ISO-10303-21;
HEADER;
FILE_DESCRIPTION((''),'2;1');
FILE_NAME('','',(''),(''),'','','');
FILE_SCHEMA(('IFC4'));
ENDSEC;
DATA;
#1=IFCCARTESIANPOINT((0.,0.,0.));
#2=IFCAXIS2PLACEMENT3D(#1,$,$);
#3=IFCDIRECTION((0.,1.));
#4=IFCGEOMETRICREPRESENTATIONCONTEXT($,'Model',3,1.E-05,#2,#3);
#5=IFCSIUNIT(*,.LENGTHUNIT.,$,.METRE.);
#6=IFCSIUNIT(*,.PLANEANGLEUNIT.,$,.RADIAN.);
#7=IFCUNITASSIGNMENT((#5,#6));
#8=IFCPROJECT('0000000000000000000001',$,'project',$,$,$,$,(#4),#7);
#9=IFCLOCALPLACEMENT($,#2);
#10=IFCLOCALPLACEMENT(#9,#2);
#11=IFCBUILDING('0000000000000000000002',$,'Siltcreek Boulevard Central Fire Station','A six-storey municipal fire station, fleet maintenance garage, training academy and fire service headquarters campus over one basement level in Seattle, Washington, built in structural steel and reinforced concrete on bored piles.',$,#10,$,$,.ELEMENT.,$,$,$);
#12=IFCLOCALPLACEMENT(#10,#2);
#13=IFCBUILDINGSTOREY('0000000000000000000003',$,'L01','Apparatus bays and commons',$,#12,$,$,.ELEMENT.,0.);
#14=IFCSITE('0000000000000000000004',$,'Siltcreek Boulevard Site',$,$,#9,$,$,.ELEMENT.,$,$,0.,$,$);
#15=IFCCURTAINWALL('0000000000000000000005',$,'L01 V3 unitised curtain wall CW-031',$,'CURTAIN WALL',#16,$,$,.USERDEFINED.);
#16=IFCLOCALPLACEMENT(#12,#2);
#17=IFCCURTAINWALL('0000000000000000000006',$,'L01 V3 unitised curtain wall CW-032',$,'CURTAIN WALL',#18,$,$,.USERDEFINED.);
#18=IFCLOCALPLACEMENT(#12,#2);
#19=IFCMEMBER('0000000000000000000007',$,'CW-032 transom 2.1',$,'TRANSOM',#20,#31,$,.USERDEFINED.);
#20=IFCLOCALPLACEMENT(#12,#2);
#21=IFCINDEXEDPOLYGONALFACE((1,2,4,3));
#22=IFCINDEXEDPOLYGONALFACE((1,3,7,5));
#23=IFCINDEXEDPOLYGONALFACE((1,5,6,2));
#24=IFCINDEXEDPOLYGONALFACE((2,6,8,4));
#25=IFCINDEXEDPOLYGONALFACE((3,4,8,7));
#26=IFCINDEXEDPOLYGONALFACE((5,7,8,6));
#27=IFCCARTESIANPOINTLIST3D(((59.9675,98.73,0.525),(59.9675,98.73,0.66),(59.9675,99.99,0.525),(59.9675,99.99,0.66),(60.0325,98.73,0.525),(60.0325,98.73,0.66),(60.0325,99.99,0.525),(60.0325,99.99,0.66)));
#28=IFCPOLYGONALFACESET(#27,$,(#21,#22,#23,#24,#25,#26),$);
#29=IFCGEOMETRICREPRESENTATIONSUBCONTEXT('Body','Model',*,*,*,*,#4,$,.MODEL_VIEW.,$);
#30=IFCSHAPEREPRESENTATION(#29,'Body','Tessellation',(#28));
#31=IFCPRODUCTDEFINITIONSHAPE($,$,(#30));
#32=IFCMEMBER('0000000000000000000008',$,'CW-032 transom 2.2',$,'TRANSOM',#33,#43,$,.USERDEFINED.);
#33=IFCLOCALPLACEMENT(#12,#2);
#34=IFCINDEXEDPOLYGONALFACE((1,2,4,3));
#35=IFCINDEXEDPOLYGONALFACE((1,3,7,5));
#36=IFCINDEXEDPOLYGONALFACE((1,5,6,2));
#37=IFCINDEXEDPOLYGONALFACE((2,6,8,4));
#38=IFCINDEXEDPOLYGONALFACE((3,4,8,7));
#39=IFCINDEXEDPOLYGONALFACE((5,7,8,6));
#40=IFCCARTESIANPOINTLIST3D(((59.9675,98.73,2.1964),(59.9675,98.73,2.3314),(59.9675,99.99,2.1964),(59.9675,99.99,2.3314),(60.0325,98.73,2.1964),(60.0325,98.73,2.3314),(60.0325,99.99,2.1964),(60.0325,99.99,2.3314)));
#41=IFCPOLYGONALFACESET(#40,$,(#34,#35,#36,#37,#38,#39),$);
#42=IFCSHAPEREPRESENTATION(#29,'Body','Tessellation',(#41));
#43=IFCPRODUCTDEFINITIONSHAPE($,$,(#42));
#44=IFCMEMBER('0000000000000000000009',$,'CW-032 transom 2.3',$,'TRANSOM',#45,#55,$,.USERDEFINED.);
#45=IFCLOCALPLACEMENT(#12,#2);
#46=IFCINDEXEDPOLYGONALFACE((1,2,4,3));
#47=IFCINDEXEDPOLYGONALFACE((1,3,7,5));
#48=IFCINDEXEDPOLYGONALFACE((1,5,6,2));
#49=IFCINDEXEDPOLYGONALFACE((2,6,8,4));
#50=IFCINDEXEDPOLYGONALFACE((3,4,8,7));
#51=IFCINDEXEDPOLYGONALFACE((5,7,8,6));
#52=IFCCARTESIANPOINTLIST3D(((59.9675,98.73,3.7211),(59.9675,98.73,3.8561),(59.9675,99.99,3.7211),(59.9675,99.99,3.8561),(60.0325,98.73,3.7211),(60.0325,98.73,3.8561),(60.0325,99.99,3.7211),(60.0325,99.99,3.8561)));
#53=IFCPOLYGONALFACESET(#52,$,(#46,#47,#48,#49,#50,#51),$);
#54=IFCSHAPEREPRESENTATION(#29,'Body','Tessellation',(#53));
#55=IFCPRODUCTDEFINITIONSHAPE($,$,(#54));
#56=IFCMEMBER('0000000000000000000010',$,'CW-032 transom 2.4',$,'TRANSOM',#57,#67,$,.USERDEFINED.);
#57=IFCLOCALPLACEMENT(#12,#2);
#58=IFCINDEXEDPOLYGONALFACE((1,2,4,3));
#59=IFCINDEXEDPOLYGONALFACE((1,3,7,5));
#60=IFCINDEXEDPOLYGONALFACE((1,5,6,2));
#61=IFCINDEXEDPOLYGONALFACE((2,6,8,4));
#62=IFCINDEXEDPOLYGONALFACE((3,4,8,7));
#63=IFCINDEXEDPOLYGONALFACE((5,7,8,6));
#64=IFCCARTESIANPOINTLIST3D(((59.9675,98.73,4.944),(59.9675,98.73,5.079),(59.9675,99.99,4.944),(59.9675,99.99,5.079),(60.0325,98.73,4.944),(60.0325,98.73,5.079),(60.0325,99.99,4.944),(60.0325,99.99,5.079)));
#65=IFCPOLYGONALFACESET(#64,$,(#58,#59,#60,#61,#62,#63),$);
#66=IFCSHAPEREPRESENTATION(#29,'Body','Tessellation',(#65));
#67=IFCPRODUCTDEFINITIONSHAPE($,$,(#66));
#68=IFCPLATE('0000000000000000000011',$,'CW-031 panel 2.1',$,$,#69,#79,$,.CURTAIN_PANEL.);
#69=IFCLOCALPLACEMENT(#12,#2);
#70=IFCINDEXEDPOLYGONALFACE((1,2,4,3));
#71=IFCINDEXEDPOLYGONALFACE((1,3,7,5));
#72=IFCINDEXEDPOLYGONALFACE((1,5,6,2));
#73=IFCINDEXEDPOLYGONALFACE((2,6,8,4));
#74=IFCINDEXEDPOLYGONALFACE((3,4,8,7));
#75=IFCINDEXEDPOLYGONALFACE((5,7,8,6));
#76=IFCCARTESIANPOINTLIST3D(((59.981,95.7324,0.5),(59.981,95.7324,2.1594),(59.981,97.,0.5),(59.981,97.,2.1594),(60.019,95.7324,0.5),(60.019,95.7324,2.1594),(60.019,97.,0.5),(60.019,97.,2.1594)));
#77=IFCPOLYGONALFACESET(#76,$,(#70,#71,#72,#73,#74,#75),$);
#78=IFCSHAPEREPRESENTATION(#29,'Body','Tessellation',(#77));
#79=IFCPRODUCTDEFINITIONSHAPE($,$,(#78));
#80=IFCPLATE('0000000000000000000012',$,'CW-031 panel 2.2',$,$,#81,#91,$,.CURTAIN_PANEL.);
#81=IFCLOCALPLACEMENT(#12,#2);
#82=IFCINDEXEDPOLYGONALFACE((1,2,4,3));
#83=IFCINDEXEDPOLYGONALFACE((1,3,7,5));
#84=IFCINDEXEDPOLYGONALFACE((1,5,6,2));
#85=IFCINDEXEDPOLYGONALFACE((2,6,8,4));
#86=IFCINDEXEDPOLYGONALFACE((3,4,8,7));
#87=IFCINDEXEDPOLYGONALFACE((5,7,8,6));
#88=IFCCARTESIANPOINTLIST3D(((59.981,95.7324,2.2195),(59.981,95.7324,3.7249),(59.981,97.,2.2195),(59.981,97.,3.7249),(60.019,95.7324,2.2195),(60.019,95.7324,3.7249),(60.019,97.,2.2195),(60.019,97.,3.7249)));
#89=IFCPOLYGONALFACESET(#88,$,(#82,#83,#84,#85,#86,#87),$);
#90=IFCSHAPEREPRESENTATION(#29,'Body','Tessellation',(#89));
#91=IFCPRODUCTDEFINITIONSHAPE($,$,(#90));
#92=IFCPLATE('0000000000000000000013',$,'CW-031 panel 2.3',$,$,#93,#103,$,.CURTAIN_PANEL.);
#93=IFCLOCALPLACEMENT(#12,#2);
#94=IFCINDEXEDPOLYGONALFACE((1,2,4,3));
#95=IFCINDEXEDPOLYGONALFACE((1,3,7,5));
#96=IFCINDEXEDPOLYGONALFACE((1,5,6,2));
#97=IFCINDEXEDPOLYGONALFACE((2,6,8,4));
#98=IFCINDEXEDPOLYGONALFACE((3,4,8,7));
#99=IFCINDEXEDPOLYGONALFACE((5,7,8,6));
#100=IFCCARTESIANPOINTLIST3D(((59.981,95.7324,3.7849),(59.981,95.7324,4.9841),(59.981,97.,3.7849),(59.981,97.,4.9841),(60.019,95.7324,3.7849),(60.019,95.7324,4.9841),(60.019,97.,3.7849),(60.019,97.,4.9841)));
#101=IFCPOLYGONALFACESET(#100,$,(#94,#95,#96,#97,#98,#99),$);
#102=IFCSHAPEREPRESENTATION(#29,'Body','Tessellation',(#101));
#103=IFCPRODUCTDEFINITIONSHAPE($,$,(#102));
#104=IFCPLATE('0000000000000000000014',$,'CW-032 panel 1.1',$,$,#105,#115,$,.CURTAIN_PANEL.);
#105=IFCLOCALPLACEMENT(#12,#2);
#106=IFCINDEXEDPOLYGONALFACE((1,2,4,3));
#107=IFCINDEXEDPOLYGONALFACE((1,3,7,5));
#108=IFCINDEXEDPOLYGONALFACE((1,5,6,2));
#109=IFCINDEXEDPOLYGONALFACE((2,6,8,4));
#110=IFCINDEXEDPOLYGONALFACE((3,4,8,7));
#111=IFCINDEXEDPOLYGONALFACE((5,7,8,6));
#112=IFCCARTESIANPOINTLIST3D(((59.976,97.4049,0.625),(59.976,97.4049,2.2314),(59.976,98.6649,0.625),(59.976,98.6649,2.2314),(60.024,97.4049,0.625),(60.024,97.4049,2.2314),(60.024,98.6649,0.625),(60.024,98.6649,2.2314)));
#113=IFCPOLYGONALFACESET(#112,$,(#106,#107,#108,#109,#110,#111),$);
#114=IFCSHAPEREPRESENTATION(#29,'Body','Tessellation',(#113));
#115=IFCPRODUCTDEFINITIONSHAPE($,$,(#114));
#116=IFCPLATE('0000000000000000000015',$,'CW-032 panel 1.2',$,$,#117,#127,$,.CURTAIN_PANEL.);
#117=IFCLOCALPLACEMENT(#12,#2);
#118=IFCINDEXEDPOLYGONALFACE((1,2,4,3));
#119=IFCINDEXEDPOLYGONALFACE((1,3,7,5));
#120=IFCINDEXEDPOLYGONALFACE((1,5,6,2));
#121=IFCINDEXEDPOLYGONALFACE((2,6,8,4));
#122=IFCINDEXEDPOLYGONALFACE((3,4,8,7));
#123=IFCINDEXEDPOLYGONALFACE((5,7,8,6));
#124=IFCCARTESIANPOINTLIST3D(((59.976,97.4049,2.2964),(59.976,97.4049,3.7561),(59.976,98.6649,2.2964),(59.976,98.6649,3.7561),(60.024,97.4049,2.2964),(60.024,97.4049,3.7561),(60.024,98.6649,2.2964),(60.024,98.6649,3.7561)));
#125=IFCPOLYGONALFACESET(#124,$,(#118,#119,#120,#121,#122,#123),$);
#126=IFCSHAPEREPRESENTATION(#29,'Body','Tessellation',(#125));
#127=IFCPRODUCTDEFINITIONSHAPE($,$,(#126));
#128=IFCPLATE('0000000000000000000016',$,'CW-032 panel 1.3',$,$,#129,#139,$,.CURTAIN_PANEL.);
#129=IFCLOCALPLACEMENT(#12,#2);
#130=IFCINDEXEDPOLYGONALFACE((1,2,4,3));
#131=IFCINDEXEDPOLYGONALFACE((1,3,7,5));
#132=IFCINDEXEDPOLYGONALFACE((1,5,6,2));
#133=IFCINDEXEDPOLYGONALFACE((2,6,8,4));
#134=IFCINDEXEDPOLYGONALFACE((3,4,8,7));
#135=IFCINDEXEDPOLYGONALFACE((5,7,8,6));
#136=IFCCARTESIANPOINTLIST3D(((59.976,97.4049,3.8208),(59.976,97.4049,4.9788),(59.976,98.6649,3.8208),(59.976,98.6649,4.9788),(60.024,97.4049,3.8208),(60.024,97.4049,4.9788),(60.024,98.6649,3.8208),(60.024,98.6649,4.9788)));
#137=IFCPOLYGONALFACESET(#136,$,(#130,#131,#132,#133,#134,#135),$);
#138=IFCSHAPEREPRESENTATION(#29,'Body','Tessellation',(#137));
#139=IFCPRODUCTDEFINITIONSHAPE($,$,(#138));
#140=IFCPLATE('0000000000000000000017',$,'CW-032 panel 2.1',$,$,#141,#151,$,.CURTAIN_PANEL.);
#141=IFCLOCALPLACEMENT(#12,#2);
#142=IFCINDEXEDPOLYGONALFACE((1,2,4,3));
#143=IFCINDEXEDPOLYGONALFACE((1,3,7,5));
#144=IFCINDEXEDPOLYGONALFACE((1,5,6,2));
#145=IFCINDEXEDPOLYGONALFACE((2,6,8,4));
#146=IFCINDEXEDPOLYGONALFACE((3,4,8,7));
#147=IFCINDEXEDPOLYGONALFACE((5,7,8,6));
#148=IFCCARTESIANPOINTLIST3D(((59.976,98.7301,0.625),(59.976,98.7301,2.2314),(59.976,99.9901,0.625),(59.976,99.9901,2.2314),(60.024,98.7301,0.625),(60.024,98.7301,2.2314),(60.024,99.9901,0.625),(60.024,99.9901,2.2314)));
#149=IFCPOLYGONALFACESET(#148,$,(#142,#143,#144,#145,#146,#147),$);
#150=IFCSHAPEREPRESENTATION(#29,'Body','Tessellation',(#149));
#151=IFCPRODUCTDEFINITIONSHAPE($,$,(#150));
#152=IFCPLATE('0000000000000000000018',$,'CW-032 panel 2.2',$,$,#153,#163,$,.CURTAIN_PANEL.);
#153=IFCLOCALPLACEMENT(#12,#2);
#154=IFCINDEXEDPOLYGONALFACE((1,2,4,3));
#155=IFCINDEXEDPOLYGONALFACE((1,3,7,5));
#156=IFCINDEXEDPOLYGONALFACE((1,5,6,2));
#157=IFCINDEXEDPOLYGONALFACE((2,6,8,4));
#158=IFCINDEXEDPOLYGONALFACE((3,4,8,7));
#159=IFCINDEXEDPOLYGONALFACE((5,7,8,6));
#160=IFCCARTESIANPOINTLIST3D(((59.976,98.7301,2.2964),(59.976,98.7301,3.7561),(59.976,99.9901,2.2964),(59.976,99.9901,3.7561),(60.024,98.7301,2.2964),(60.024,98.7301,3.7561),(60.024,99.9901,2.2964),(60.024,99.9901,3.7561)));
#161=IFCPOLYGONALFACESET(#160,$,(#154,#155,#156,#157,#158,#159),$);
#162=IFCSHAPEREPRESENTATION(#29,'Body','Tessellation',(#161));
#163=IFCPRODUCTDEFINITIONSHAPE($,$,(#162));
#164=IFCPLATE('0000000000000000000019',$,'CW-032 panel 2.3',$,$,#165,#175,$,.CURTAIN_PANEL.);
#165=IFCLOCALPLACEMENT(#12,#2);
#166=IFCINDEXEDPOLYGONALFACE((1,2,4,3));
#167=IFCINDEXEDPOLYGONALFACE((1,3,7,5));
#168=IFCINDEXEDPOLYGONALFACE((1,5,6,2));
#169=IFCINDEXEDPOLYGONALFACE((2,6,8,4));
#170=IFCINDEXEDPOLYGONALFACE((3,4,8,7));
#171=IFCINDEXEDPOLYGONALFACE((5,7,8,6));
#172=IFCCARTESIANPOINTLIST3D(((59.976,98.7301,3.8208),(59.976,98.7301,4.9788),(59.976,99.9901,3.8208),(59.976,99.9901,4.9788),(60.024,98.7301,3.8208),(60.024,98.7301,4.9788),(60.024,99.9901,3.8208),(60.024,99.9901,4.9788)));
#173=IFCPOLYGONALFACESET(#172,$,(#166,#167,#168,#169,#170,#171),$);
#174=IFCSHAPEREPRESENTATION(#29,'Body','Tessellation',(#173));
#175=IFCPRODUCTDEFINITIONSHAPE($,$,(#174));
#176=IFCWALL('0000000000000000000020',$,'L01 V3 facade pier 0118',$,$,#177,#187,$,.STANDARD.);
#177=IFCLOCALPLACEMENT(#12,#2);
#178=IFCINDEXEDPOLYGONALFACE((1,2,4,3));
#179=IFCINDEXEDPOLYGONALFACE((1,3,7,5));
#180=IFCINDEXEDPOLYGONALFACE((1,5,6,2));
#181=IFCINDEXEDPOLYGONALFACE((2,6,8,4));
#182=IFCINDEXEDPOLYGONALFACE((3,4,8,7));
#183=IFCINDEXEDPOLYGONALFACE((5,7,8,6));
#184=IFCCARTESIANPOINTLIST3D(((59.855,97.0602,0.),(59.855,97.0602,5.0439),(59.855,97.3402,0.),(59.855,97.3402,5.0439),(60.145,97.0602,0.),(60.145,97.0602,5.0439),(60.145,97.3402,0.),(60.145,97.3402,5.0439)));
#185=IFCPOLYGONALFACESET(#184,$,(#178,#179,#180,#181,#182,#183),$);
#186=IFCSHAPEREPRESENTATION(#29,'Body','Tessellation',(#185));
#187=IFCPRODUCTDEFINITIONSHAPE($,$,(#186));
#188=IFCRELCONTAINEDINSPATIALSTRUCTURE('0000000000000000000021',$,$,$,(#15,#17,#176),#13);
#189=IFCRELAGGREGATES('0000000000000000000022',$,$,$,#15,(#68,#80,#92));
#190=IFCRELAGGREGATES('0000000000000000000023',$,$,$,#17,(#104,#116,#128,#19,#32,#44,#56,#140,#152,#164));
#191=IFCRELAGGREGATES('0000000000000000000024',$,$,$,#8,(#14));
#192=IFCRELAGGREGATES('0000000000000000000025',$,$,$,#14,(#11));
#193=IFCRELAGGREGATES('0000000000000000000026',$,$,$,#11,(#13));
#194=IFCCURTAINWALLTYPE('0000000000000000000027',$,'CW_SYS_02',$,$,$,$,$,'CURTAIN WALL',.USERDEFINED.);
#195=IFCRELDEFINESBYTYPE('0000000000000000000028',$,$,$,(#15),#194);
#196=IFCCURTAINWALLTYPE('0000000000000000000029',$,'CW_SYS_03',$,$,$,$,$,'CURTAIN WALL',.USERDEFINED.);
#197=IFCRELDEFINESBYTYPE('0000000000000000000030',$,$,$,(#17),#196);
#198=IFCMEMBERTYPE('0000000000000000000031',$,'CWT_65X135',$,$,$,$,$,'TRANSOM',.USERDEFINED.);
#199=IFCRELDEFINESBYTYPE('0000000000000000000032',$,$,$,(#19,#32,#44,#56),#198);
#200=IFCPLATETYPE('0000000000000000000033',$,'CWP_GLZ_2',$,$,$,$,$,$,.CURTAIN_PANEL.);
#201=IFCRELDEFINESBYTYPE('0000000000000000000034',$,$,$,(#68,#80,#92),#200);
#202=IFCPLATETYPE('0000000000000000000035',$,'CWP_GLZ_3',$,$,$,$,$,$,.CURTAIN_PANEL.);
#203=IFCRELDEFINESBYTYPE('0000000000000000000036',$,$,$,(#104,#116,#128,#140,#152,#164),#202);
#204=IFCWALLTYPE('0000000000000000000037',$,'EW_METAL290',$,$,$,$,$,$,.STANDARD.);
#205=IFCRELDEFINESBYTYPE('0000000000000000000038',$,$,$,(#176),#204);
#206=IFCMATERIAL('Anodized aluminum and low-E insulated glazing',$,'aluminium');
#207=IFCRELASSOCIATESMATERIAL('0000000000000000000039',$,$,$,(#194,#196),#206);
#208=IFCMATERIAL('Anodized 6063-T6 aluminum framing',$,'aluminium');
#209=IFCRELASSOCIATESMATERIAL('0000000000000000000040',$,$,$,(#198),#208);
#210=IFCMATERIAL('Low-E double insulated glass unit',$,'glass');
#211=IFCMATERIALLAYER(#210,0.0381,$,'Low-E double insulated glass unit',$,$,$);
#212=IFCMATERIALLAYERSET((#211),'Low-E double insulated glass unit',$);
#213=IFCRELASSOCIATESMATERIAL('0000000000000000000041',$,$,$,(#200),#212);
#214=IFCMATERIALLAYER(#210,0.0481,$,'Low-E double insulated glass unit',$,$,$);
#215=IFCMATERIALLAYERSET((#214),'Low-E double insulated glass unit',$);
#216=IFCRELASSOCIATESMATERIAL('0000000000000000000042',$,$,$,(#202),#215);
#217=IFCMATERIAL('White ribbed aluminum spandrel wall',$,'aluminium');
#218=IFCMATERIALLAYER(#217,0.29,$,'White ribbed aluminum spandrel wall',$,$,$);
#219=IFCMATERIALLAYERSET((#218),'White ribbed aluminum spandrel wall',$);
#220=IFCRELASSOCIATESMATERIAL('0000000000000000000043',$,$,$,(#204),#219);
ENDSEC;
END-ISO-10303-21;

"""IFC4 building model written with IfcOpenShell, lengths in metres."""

from ifc_helpers import new_model, si_unit, direction, frame, frame_2d, origin, origin_2d, place, context, subcontext, project, spatial, rectangle, extrude, material, layer, layer_set, material_profile, profile_set, type_object, element, aggregate, save


model = new_model("IFC4")

# Units and contexts
model_context = context("Model", 3, precision=1e-05, world=origin(), true_north=direction((0.0, 1.0)))
body_context = subcontext(model_context, "Body", "Model", "MODEL_VIEW")
ifc_project = project(units=[si_unit("LENGTHUNIT", "METRE"), si_unit("PLANEANGLEUNIT", "RADIAN")], contexts=[model_context])

# Site, building, storey
site_placement = place(None, origin())
site = spatial("IfcSite", under=ifc_project, at=site_placement, Name="Siltcreek Boulevard Site", CompositionType="ELEMENT", RefElevation=0.0)
building_placement = place(site_placement, origin())
building = spatial("IfcBuilding", under=site, at=building_placement, Name="Siltcreek Boulevard Central Fire Station", Description="A six-storey municipal fire station, fleet maintenance garage, training academy and fire service headquarters campus over one basement level in Seattle, Washington, built in structural steel and reinforced concrete on bored piles.", CompositionType="ELEMENT")
storey_placement = place(building_placement, origin())
storey = spatial("IfcBuildingStorey", under=building, at=storey_placement, Name="L01", Description="Apparatus bays and commons", CompositionType="ELEMENT", Elevation=0.0)

# Curtain wall
ifc_material_1 = material(Name="Anodized aluminum and low-E insulated glazing", Category="aluminium")
curtain_wall_type_1 = type_object("IfcCurtainWallType", Name="CW_SYS_02", ElementType="CURTAIN WALL", PredefinedType="USERDEFINED", material=ifc_material_1)
curtain_wall_1_placement = place(storey_placement, origin())
curtain_wall_1 = element("IfcCurtainWall", 1, at=curtain_wall_1_placement, inside=storey, type_object=curtain_wall_type_1, Name="L01 V3 unitised curtain wall CW-031", ObjectType="CURTAIN WALL", PredefinedType="USERDEFINED")
ifc_material_2 = material(Name="Anodized 6063-T6 aluminum framing", Category="aluminium")

# Curtain wall
curtain_wall_type_2 = type_object("IfcCurtainWallType", Name="CW_SYS_03", ElementType="CURTAIN WALL", PredefinedType="USERDEFINED", material=ifc_material_1)
curtain_wall_2_placement = place(storey_placement, origin())
curtain_wall_2 = element("IfcCurtainWall", 2, at=curtain_wall_2_placement, inside=storey, type_object=curtain_wall_type_2, Name="L01 V3 unitised curtain wall CW-032", ObjectType="CURTAIN WALL", PredefinedType="USERDEFINED")

# Members
ifc_material_profile_1 = material_profile(ifc_material_2, rectangle(XDim=0.0649, YDim=0.135, at=origin_2d()), Name="TRAN65X135")
ifc_profile_set_1 = profile_set([ifc_material_profile_1], Name="Anodized 6063-T6 aluminum framing")
member_type_1 = type_object("IfcMemberType", Name="CWT_65X135", ElementType="TRANSOM", PredefinedType="USERDEFINED", material=ifc_profile_set_1)
member_1_placement = place(storey_placement, frame((60.0, 98.73, 0.5925), z_axis=(0.0, 1.0, 0.0), x_axis=(-1.0, 0.0, 0.0)))
member_1 = element("IfcMember", 3, at=member_1_placement, type_object=member_type_1, Name="CW-032 transom 2.1", ObjectType="TRANSOM", PredefinedType="USERDEFINED", context=body_context, shape_type="SweptSolid", body=[
    extrude(rectangle(XDim=0.0649, YDim=0.135, at=origin_2d()), origin(), (0.0, 0.0, 1.0), 1.26),
])
member_2_placement = place(storey_placement, frame((60.0, 98.73, 2.2639), z_axis=(0.0, 1.0, 0.0), x_axis=(-1.0, 0.0, 0.0)))
member_2 = element("IfcMember", 4, at=member_2_placement, type_object=member_type_1, Name="CW-032 transom 2.2", ObjectType="TRANSOM", PredefinedType="USERDEFINED", context=body_context, shape_type="SweptSolid", body=[
    extrude(rectangle(XDim=0.0649, YDim=0.135, at=origin_2d()), origin(), (0.0, 0.0, 1.0), 1.26),
])
member_3_placement = place(storey_placement, frame((60.0, 98.73, 3.7886), z_axis=(0.0, 1.0, 0.0), x_axis=(-1.0, 0.0, 0.0)))
member_3 = element("IfcMember", 5, at=member_3_placement, type_object=member_type_1, Name="CW-032 transom 2.3", ObjectType="TRANSOM", PredefinedType="USERDEFINED", context=body_context, shape_type="SweptSolid", body=[
    extrude(rectangle(XDim=0.0649, YDim=0.135, at=origin_2d()), origin(), (0.0, 0.0, 1.0), 1.26),
])
member_4_placement = place(storey_placement, frame((60.0, 98.73, 5.0115), z_axis=(0.0, 1.0, 0.0), x_axis=(-1.0, 0.0, 0.0)))
member_4 = element("IfcMember", 6, at=member_4_placement, type_object=member_type_1, Name="CW-032 transom 2.4", ObjectType="TRANSOM", PredefinedType="USERDEFINED", context=body_context, shape_type="SweptSolid", body=[
    extrude(rectangle(XDim=0.0649, YDim=0.135, at=origin_2d()), origin(), (0.0, 0.0, 1.0), 1.26),
])

# Plates
ifc_material_3 = material(Name="Low-E double insulated glass unit", Category="glass")
ifc_layer_1 = layer(ifc_material_3, 0.0381, Name="Low-E double insulated glass unit")
ifc_layer_set_1 = layer_set([ifc_layer_1], Name="Low-E double insulated glass unit")
plate_type_1 = type_object("IfcPlateType", Name="CWP_GLZ_2", PredefinedType="CURTAIN_PANEL", material=ifc_layer_set_1)
plate_1_placement = place(storey_placement, frame((60.0, 96.3662, 0.5), z_axis=(0.0, 0.0, 1.0), x_axis=(0.0, 1.0, 0.0)))
plate_1 = element("IfcPlate", 7, at=plate_1_placement, type_object=plate_type_1, Name="CW-031 panel 2.1", PredefinedType="CURTAIN_PANEL", context=body_context, shape_type="SweptSolid", body=[
    extrude(rectangle(XDim=1.2676, YDim=0.0381, at=origin_2d()), origin(), (0.0, 0.0, 1.0), 1.6594),
])
plate_2_placement = place(storey_placement, frame((60.0, 96.3662, 2.2195), z_axis=(0.0, 0.0, 1.0), x_axis=(0.0, 1.0, 0.0)))
plate_2 = element("IfcPlate", 8, at=plate_2_placement, type_object=plate_type_1, Name="CW-031 panel 2.2", PredefinedType="CURTAIN_PANEL", context=body_context, shape_type="SweptSolid", body=[
    extrude(rectangle(XDim=1.2676, YDim=0.0381, at=origin_2d()), origin(), (0.0, 0.0, 1.0), 1.5054),
])
plate_3_placement = place(storey_placement, frame((60.0, 96.3662, 3.7849), z_axis=(0.0, 0.0, 1.0), x_axis=(0.0, 1.0, 0.0)))
plate_3 = element("IfcPlate", 9, at=plate_3_placement, type_object=plate_type_1, Name="CW-031 panel 2.3", PredefinedType="CURTAIN_PANEL", context=body_context, shape_type="SweptSolid", body=[
    extrude(rectangle(XDim=1.2676, YDim=0.0381, at=origin_2d()), origin(), (0.0, 0.0, 1.0), 1.1992),
])
aggregate(curtain_wall_1, [plate_1, plate_2, plate_3])
ifc_layer_2 = layer(ifc_material_3, 0.0481, Name="Low-E double insulated glass unit")
ifc_layer_set_2 = layer_set([ifc_layer_2], Name="Low-E double insulated glass unit")
plate_type_2 = type_object("IfcPlateType", Name="CWP_GLZ_3", PredefinedType="CURTAIN_PANEL", material=ifc_layer_set_2)
plate_4_placement = place(storey_placement, frame((60.0, 98.0349, 0.625), z_axis=(0.0, 0.0, 1.0), x_axis=(0.0, 1.0, 0.0)))
plate_4 = element("IfcPlate", 10, at=plate_4_placement, type_object=plate_type_2, Name="CW-032 panel 1.1", PredefinedType="CURTAIN_PANEL", context=body_context, shape_type="SweptSolid", body=[
    extrude(rectangle(XDim=1.26, YDim=0.0481, at=origin_2d()), origin(), (0.0, 0.0, 1.0), 1.6064),
])
plate_5_placement = place(storey_placement, frame((60.0, 98.0349, 2.2964), z_axis=(0.0, 0.0, 1.0), x_axis=(0.0, 1.0, 0.0)))
plate_5 = element("IfcPlate", 11, at=plate_5_placement, type_object=plate_type_2, Name="CW-032 panel 1.2", PredefinedType="CURTAIN_PANEL", context=body_context, shape_type="SweptSolid", body=[
    extrude(rectangle(XDim=1.26, YDim=0.0481, at=origin_2d()), origin(), (0.0, 0.0, 1.0), 1.4597),
])
plate_6_placement = place(storey_placement, frame((60.0, 98.0349, 3.8208), z_axis=(0.0, 0.0, 1.0), x_axis=(0.0, 1.0, 0.0)))
plate_6 = element("IfcPlate", 12, at=plate_6_placement, type_object=plate_type_2, Name="CW-032 panel 1.3", PredefinedType="CURTAIN_PANEL", context=body_context, shape_type="SweptSolid", body=[
    extrude(rectangle(XDim=1.26, YDim=0.0481, at=origin_2d()), origin(), (0.0, 0.0, 1.0), 1.158),
])
plate_7_placement = place(storey_placement, frame((60.0, 99.3601, 0.625), z_axis=(0.0, 0.0, 1.0), x_axis=(0.0, 1.0, 0.0)))
plate_7 = element("IfcPlate", 13, at=plate_7_placement, type_object=plate_type_2, Name="CW-032 panel 2.1", PredefinedType="CURTAIN_PANEL", context=body_context, shape_type="SweptSolid", body=[
    extrude(rectangle(XDim=1.26, YDim=0.0481, at=origin_2d()), origin(), (0.0, 0.0, 1.0), 1.6064),
])
plate_8_placement = place(storey_placement, frame((60.0, 99.3601, 2.2964), z_axis=(0.0, 0.0, 1.0), x_axis=(0.0, 1.0, 0.0)))
plate_8 = element("IfcPlate", 14, at=plate_8_placement, type_object=plate_type_2, Name="CW-032 panel 2.2", PredefinedType="CURTAIN_PANEL", context=body_context, shape_type="SweptSolid", body=[
    extrude(rectangle(XDim=1.26, YDim=0.0481, at=origin_2d()), origin(), (0.0, 0.0, 1.0), 1.4597),
])
plate_9_placement = place(storey_placement, frame((60.0, 99.3601, 3.8208), z_axis=(0.0, 0.0, 1.0), x_axis=(0.0, 1.0, 0.0)))
plate_9 = element("IfcPlate", 15, at=plate_9_placement, type_object=plate_type_2, Name="CW-032 panel 2.3", PredefinedType="CURTAIN_PANEL", context=body_context, shape_type="SweptSolid", body=[
    extrude(rectangle(XDim=1.26, YDim=0.0481, at=origin_2d()), origin(), (0.0, 0.0, 1.0), 1.158),
])
aggregate(curtain_wall_2, [plate_4, plate_5, plate_6, member_1, member_2, member_3, member_4, plate_7, plate_8, plate_9])

# Wall
ifc_material_4 = material(Name="White ribbed aluminum spandrel wall", Category="aluminium")
ifc_layer_3 = layer(ifc_material_4, 0.29, Name="White ribbed aluminum spandrel wall")
ifc_layer_set_3 = layer_set([ifc_layer_3], Name="White ribbed aluminum spandrel wall")
wall_type = type_object("IfcWallType", Name="EW_METAL290", PredefinedType="STANDARD", material=ifc_layer_set_3)
wall_1_placement = place(storey_placement, frame((60.0, 97.0601, 0.0), z_axis=(0.0, 0.0, 1.0), x_axis=(0.0, 1.0, 0.0)))
element("IfcWall", 16, at=wall_1_placement, inside=storey, type_object=wall_type, Name="L01 V3 facade pier 0118", PredefinedType="STANDARD", context=body_context, shape_type="SweptSolid", body=[
    extrude(rectangle(XDim=0.28, YDim=0.29, at=frame_2d((0.1401, 0.0))), origin(), (0.0, 0.0, 1.0), 5.0439),
])

save(model, "model.ifc")
